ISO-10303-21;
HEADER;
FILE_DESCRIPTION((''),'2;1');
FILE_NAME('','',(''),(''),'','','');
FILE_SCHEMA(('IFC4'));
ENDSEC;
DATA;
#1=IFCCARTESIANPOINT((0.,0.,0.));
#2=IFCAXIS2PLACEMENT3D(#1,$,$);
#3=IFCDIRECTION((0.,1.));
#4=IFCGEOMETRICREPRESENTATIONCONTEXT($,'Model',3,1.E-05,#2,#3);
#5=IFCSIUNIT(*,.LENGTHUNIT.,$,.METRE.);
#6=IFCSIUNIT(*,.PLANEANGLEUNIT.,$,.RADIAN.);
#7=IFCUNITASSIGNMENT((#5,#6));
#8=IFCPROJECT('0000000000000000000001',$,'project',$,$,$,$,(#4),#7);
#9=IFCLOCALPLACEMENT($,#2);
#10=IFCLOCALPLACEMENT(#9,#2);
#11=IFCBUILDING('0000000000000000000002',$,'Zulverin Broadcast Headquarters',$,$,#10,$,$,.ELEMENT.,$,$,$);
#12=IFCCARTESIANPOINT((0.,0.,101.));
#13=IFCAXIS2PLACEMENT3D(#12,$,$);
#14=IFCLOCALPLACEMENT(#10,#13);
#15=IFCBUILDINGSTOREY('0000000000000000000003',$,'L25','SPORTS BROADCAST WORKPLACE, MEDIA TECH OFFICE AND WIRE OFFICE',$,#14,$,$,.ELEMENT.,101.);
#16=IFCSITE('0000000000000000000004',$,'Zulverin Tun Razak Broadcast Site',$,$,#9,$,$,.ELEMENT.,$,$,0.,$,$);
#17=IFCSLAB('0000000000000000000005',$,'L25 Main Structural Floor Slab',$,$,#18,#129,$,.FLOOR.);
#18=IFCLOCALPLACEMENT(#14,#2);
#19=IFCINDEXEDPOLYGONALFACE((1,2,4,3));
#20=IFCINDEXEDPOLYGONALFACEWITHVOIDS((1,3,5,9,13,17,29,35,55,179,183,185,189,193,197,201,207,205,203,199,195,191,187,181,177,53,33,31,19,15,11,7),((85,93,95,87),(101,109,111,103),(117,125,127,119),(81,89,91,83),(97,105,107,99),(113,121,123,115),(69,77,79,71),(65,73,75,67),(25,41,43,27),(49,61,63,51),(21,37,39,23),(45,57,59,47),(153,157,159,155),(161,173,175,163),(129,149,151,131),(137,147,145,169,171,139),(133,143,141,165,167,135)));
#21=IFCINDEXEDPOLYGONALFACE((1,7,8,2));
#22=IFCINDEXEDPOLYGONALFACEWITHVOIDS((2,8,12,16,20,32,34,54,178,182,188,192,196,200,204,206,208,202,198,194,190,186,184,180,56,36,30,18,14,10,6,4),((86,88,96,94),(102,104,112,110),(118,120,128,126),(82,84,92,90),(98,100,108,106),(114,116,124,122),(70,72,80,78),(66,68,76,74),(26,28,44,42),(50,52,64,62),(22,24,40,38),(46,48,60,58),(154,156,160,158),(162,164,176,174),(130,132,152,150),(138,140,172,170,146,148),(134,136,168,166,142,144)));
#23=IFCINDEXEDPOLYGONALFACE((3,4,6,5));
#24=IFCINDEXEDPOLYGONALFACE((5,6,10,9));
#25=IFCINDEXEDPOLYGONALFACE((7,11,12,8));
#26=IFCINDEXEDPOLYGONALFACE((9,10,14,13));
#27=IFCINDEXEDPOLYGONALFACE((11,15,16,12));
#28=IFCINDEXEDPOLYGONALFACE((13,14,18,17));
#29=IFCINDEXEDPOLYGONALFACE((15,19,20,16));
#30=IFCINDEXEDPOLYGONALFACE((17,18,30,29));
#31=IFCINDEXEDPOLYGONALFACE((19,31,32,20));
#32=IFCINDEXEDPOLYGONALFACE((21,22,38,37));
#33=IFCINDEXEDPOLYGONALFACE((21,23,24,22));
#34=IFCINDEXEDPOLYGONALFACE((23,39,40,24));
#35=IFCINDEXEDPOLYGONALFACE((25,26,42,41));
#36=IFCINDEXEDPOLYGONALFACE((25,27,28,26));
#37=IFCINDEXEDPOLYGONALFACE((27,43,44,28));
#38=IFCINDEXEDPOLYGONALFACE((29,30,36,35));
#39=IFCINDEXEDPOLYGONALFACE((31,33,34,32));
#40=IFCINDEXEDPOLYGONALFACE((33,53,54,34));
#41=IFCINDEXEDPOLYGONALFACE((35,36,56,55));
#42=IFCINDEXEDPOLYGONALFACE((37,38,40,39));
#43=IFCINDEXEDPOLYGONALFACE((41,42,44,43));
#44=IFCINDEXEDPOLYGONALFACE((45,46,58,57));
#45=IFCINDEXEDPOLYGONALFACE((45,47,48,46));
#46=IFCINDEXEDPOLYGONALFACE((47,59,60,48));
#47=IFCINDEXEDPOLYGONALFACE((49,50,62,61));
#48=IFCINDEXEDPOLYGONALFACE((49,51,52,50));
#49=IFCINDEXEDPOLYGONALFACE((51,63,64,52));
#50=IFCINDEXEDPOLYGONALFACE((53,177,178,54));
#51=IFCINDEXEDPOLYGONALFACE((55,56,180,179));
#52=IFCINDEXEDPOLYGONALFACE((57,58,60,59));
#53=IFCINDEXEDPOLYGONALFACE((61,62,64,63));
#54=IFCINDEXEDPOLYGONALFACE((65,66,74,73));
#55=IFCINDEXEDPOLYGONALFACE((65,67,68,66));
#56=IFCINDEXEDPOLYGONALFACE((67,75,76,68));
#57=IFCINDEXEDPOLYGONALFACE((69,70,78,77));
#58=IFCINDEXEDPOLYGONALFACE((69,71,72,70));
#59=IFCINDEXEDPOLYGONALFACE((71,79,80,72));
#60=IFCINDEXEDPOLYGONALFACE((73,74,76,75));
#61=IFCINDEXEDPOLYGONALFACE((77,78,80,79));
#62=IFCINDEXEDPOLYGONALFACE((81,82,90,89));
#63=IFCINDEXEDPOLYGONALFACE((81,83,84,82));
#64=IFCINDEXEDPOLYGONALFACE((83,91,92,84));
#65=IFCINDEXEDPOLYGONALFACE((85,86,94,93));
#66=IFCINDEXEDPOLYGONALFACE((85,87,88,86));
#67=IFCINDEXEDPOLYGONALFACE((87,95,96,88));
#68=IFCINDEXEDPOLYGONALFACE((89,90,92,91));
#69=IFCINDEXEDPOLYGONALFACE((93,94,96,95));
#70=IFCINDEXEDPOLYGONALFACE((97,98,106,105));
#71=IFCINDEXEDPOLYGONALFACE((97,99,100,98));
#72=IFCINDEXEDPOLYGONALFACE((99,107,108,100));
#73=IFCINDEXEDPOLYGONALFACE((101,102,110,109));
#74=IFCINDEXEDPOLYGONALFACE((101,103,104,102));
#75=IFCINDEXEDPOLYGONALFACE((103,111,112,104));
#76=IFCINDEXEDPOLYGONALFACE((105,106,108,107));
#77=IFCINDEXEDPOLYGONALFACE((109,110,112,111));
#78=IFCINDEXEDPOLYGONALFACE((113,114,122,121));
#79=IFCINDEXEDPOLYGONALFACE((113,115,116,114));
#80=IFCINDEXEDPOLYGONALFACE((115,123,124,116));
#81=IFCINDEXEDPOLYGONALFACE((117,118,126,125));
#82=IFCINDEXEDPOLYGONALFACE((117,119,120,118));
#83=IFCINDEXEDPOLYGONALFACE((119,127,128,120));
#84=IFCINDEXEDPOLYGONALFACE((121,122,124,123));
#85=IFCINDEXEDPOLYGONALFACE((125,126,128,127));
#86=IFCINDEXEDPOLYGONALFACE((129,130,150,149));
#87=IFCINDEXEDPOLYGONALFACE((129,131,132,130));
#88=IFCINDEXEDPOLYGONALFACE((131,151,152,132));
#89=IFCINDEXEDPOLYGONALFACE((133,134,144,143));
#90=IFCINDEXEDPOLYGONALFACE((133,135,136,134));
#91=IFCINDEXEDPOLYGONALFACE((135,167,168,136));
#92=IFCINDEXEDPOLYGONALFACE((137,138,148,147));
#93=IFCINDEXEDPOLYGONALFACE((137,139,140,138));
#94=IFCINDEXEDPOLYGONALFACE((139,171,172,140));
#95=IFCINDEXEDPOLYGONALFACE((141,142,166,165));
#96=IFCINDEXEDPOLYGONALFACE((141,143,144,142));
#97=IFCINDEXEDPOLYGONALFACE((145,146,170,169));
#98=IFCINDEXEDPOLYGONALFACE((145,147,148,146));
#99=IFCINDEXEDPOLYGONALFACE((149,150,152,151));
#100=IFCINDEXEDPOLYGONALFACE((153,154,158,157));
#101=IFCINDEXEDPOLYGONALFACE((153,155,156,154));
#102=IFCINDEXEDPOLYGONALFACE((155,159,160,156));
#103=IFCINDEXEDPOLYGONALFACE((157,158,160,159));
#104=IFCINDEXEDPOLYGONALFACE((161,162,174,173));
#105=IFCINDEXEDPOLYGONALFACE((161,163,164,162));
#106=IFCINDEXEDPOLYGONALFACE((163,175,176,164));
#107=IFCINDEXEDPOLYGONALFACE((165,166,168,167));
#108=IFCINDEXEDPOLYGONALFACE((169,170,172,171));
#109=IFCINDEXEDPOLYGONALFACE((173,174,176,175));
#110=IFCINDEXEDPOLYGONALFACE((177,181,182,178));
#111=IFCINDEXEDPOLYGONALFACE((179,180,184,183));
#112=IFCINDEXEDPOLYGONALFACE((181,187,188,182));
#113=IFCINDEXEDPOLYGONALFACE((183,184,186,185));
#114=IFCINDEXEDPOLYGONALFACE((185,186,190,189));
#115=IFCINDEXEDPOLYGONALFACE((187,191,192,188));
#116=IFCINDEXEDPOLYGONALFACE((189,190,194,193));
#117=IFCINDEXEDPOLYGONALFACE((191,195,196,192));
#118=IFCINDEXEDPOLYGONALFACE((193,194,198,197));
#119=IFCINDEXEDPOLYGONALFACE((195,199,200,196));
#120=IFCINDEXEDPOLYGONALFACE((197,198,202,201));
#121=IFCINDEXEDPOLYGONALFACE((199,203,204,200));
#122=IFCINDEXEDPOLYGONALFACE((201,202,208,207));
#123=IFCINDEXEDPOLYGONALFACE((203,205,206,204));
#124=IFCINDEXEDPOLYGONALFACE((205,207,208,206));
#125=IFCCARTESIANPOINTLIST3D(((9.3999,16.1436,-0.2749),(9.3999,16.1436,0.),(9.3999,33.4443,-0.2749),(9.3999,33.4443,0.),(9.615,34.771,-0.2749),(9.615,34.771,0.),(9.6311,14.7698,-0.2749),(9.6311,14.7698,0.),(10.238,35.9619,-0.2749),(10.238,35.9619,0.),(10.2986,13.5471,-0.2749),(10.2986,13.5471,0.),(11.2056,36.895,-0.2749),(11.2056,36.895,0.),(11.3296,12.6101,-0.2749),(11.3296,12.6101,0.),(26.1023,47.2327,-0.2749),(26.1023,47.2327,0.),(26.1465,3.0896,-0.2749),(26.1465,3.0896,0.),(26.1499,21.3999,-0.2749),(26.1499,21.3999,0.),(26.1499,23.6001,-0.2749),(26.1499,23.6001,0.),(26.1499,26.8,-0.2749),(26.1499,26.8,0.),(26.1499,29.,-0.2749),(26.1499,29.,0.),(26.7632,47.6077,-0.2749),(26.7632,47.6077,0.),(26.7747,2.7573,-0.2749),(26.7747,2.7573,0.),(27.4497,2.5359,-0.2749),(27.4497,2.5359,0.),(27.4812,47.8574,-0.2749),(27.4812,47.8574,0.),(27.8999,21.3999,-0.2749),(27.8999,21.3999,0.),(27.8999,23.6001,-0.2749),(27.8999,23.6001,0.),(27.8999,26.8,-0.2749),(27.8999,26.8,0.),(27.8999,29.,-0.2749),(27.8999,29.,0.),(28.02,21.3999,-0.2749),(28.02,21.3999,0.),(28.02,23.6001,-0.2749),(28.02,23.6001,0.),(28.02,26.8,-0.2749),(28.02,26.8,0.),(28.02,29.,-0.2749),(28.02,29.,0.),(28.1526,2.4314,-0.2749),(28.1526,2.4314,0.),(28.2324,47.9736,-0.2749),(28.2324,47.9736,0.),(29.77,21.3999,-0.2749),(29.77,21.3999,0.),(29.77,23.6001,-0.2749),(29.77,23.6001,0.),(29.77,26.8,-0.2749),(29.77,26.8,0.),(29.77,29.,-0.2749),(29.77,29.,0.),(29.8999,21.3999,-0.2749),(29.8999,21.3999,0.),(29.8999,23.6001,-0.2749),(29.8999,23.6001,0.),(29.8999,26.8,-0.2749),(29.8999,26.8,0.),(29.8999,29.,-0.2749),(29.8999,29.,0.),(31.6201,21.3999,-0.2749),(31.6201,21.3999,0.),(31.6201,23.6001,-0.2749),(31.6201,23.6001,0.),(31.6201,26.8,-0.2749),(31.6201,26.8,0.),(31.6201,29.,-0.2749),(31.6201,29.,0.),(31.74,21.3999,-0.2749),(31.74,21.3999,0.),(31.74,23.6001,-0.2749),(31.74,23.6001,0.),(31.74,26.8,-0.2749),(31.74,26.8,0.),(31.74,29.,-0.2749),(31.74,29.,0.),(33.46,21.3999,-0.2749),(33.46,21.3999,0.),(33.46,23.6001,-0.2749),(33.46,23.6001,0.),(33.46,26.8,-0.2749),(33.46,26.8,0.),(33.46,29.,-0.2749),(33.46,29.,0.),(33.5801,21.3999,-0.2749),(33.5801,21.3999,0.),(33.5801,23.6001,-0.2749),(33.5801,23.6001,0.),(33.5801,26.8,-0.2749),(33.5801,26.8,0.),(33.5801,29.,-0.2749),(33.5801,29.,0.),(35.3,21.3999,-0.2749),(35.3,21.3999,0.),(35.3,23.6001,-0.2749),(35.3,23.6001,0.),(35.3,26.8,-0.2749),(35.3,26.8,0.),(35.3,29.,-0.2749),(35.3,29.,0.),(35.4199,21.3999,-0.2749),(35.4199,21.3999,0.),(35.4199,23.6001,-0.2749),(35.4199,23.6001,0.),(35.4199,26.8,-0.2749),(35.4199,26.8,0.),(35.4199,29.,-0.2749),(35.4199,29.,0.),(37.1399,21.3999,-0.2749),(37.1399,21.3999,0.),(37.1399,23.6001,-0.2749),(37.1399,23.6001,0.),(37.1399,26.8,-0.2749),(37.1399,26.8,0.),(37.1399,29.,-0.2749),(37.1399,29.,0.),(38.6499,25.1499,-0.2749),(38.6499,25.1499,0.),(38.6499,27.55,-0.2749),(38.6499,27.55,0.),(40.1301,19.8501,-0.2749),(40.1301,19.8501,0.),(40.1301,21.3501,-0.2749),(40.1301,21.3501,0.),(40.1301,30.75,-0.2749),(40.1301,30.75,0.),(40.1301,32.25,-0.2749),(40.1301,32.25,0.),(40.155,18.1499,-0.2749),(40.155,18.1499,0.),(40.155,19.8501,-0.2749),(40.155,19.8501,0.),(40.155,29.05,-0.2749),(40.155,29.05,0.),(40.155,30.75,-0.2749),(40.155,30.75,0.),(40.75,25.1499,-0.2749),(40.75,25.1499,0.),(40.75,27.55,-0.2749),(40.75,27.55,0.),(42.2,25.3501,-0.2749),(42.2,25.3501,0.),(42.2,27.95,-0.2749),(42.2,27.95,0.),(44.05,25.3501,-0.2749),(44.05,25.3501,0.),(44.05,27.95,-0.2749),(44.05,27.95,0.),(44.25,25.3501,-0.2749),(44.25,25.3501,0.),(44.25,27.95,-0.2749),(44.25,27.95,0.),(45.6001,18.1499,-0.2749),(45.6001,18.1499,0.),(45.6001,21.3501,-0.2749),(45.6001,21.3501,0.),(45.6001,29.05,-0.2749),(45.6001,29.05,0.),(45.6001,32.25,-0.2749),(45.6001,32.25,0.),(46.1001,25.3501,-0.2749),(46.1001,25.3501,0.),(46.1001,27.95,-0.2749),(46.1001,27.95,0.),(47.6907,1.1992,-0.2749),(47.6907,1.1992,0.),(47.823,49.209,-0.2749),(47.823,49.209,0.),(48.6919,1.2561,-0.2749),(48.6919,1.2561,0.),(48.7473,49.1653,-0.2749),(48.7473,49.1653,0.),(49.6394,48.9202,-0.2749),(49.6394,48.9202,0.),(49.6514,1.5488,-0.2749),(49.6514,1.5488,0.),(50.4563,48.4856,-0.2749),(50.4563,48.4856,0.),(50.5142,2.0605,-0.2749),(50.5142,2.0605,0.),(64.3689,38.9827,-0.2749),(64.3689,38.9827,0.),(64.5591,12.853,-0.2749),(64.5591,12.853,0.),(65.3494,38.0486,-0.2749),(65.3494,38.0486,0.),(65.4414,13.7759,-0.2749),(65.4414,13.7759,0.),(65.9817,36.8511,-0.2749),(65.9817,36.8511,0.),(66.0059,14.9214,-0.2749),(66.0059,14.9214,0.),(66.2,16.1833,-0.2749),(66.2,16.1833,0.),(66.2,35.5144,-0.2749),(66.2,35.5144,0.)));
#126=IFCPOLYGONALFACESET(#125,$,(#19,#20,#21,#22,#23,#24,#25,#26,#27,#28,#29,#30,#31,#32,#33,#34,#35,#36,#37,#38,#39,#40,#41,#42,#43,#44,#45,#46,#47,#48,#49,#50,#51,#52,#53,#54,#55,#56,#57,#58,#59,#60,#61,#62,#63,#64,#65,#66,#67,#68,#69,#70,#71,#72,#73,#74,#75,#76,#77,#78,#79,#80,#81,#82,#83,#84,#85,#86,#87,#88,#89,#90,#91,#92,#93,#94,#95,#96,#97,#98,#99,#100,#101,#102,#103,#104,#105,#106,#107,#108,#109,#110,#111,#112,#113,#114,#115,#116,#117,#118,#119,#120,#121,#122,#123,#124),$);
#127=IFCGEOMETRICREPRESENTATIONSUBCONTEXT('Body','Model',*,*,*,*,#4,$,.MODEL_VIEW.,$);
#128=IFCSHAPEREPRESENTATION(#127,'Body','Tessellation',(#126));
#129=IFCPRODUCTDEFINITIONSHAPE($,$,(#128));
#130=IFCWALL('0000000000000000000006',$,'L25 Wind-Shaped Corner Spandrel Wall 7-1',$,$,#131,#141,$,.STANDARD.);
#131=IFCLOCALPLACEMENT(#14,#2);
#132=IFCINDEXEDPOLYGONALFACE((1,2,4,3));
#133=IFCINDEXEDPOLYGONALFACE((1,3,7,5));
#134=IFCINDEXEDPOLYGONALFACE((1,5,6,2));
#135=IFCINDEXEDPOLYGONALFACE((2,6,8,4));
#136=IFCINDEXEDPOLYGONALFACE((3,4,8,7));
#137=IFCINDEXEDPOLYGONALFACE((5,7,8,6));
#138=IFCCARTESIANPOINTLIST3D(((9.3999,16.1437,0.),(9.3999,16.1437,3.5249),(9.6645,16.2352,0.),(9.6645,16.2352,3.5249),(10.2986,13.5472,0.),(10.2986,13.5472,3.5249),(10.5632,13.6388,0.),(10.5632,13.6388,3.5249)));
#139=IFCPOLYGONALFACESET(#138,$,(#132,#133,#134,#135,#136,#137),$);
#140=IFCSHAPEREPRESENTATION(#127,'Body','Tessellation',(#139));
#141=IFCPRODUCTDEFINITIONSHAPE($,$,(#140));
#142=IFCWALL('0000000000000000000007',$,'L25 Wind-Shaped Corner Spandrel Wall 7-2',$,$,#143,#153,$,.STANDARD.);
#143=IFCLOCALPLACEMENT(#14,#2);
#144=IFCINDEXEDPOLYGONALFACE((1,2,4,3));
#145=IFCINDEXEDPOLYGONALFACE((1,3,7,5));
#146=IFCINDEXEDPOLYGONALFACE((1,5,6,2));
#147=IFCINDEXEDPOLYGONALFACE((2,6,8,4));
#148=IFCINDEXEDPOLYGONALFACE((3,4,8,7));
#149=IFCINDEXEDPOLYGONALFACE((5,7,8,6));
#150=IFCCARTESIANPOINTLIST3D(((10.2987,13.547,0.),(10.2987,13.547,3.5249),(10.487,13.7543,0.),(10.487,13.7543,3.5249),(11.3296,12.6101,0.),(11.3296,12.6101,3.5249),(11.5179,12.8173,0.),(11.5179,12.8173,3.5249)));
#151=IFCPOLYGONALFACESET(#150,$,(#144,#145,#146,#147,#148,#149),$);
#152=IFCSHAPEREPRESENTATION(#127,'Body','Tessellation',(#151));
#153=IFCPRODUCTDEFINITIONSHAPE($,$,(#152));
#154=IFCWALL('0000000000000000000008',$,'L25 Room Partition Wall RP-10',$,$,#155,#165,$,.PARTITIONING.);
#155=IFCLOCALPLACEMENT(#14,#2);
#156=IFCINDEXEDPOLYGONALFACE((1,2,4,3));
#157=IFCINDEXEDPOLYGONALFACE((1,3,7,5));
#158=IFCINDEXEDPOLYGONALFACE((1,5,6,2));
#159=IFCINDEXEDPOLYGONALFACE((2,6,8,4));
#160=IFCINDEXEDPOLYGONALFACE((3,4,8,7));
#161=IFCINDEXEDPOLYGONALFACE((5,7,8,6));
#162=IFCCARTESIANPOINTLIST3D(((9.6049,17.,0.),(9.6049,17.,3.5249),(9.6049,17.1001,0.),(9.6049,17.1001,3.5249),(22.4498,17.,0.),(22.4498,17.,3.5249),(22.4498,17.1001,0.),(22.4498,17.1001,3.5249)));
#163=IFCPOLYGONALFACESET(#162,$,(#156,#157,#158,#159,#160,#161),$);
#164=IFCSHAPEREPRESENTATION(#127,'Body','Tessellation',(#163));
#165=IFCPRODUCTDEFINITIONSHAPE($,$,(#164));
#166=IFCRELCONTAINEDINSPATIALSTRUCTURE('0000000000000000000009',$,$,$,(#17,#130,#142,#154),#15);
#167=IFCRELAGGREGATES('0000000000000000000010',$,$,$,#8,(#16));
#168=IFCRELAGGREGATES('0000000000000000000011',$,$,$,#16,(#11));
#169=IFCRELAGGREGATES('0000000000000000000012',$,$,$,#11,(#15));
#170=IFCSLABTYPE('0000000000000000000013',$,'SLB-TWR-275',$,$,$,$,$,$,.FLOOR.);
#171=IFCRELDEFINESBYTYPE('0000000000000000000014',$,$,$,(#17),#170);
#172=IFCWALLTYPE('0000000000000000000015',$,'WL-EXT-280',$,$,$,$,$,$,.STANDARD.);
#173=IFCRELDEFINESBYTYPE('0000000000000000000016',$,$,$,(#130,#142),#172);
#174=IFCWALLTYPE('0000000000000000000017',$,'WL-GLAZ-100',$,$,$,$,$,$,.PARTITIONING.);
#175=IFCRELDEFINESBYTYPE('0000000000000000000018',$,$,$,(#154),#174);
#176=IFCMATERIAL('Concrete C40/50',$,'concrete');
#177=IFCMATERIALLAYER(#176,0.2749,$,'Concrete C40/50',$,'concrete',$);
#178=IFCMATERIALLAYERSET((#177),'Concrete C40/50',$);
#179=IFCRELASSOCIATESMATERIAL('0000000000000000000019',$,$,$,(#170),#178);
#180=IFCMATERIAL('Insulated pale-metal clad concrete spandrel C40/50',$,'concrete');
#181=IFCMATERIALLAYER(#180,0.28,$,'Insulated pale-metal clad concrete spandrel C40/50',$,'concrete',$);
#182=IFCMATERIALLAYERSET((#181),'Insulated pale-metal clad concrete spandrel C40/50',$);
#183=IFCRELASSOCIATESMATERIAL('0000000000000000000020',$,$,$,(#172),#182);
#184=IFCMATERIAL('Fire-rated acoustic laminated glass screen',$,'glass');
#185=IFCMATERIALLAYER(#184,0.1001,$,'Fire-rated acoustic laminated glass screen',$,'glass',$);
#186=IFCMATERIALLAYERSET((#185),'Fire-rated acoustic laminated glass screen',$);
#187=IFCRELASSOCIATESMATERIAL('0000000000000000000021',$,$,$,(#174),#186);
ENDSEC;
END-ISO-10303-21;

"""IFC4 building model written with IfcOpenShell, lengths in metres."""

from ifc_helpers import new_model, si_unit, direction, frame, frame_2d, origin, place, context, subcontext, project, spatial, polyline, rectangle, outline, extrude, material, layer, layer_set, type_object, element, save


model = new_model("IFC4")

# Units and contexts
model_context = context("Model", 3, precision=1e-05, world=origin(), true_north=direction((0.0, 1.0)))
body_context = subcontext(model_context, "Body", "Model", "MODEL_VIEW")
ifc_project = project(units=[si_unit("LENGTHUNIT", "METRE"), si_unit("PLANEANGLEUNIT", "RADIAN")], contexts=[model_context])

# Site, building, storey
site_placement = place(None, origin())
site = spatial("IfcSite", under=ifc_project, at=site_placement, Name="Zulverin Tun Razak Broadcast Site", CompositionType="ELEMENT", RefElevation=0.0)
building_placement = place(site_placement, origin())
building = spatial("IfcBuilding", under=site, at=building_placement, Name="Zulverin Broadcast Headquarters", CompositionType="ELEMENT")
storey_placement = place(building_placement, frame((0.0, 0.0, 101.0)))
storey = spatial("IfcBuildingStorey", under=building, at=storey_placement, Name="L25", Description="SPORTS BROADCAST WORKPLACE, MEDIA TECH OFFICE AND WIRE OFFICE", CompositionType="ELEMENT", Elevation=101.0)

# Shared definitions
ifc_material_1 = material(Name="Concrete C40/50", Category="concrete")

# Slab
ifc_layer_1 = layer(ifc_material_1, 0.2749, Name="Concrete C40/50", Category="concrete")
ifc_layer_set_1 = layer_set([ifc_layer_1], Name="Concrete C40/50")
slab_type_1 = type_object("IfcSlabType", Name="SLB-TWR-275", PredefinedType="FLOOR", material=ifc_layer_set_1)
slab_1_placement = place(storey_placement, frame((0.0, 0.0, -0.2749)))
element("IfcSlab", 1, at=slab_1_placement, inside=storey, type_object=slab_type_1, Name="L25 Main Structural Floor Slab", PredefinedType="FLOOR", context=body_context, shape_type="SweptSolid", body=[
    extrude(outline(polyline([(26.1465, 3.0896), (26.7747, 2.7573), (27.4497, 2.5359), (28.1526, 2.4314), (47.6907, 1.1992), (48.6919, 1.2561), (49.6514, 1.5488), (50.5142, 2.0605), (64.5591, 12.853), (65.4414, 13.7759), (66.0059, 14.9214), (66.2, 16.1833), (66.2, 35.5144), (65.9817, 36.8511), (65.3494, 38.0486), (64.3689, 38.9827), (50.4563, 48.4856), (49.6394, 48.9202), (48.7473, 49.1653), (47.823, 49.209), (28.2324, 47.9736), (27.4812, 47.8574), (26.7632, 47.6077), (26.1023, 47.2327), (11.2056, 36.895), (10.238, 35.9619), (9.615, 34.771), (9.3999, 33.4443), (9.3999, 16.1436), (9.6311, 14.7698), (10.2986, 13.5471), (11.3296, 12.6101), (26.1465, 3.0896)]), holes=[polyline([(40.155, 30.75), (40.1301, 30.75), (40.1301, 32.25), (45.6001, 32.25), (45.6001, 29.05), (40.155, 29.05), (40.155, 30.75)]), polyline([(40.155, 19.8501), (40.1301, 19.8501), (40.1301, 21.3501), (45.6001, 21.3501), (45.6001, 18.1499), (40.155, 18.1499), (40.155, 19.8501)]), polyline([(26.1499, 26.8), (27.8999, 26.8), (27.8999, 29.0), (26.1499, 29.0), (26.1499, 26.8)]), polyline([(28.02, 26.8), (29.77, 26.8), (29.77, 29.0), (28.02, 29.0), (28.02, 26.8)]), polyline([(26.1499, 21.3999), (27.8999, 21.3999), (27.8999, 23.6001), (26.1499, 23.6001), (26.1499, 21.3999)]), polyline([(28.02, 21.3999), (29.77, 21.3999), (29.77, 23.6001), (28.02, 23.6001), (28.02, 21.3999)]), polyline([(29.8999, 21.3999), (31.6201, 21.3999), (31.6201, 23.6001), (29.8999, 23.6001), (29.8999, 21.3999)]), polyline([(31.74, 21.3999), (33.46, 21.3999), (33.46, 23.6001), (31.74, 23.6001), (31.74, 21.3999)]), polyline([(33.5801, 21.3999), (35.3, 21.3999), (35.3, 23.6001), (33.5801, 23.6001), (33.5801, 21.3999)]), polyline([(35.4199, 21.3999), (37.1399, 21.3999), (37.1399, 23.6001), (35.4199, 23.6001), (35.4199, 21.3999)]), polyline([(29.8999, 26.8), (31.6201, 26.8), (31.6201, 29.0), (29.8999, 29.0), (29.8999, 26.8)]), polyline([(31.74, 26.8), (33.46, 26.8), (33.46, 29.0), (31.74, 29.0), (31.74, 26.8)]), polyline([(33.5801, 26.8), (35.3, 26.8), (35.3, 29.0), (33.5801, 29.0), (33.5801, 26.8)]), polyline([(35.4199, 26.8), (37.1399, 26.8), (37.1399, 29.0), (35.4199, 29.0), (35.4199, 26.8)]), polyline([(42.2, 25.3501), (44.05, 25.3501), (44.05, 27.95), (42.2, 27.95), (42.2, 25.3501)]), polyline([(44.25, 25.3501), (46.1001, 25.3501), (46.1001, 27.95), (44.25, 27.95), (44.25, 25.3501)]), polyline([(38.6499, 25.1499), (40.75, 25.1499), (40.75, 27.55), (38.6499, 27.55), (38.6499, 25.1499)])]), origin(), (0.0, 0.0, 1.0), 0.2749),
])

# Walls
ifc_material_2 = material(Name="Insulated pale-metal clad concrete spandrel C40/50", Category="concrete")
ifc_layer_2 = layer(ifc_material_2, 0.28, Name="Insulated pale-metal clad concrete spandrel C40/50", Category="concrete")
ifc_layer_set_2 = layer_set([ifc_layer_2], Name="Insulated pale-metal clad concrete spandrel C40/50")
wall_type_1 = type_object("IfcWallType", Name="WL-EXT-280", PredefinedType="STANDARD", material=ifc_layer_set_2)
wall_1_placement = place(storey_placement, frame((9.5322, 16.1895, 0.0), z_axis=(0.0, 0.0, 1.0), x_axis=(0.327083, -0.944996, 0.0)))
element("IfcWall", 2, at=wall_1_placement, inside=storey, type_object=wall_type_1, Name="L25 Wind-Shaped Corner Spandrel Wall 7-1", PredefinedType="STANDARD", context=body_context, shape_type="SweptSolid", body=[
    extrude(rectangle(XDim=2.7476, YDim=0.28, at=frame_2d((1.3738, 0.0))), origin(), (0.0, 0.0, 1.0), 3.5249),
])
wall_2_placement = place(storey_placement, frame((10.3928, 13.6506, 0.0), z_axis=(0.0, 0.0, 1.0), x_axis=(0.740035, -0.672568, 0.0)))
element("IfcWall", 3, at=wall_2_placement, inside=storey, type_object=wall_type_1, Name="L25 Wind-Shaped Corner Spandrel Wall 7-2", PredefinedType="STANDARD", context=body_context, shape_type="SweptSolid", body=[
    extrude(rectangle(XDim=1.3931, YDim=0.28, at=frame_2d((0.6965, 0.0))), origin(), (0.0, 0.0, 1.0), 3.5249),
])
ifc_material_3 = material(Name="Fire-rated acoustic laminated glass screen", Category="glass")
ifc_layer_3 = layer(ifc_material_3, 0.1001, Name="Fire-rated acoustic laminated glass screen", Category="glass")
ifc_layer_set_3 = layer_set([ifc_layer_3], Name="Fire-rated acoustic laminated glass screen")
wall_type_2 = type_object("IfcWallType", Name="WL-GLAZ-100", PredefinedType="PARTITIONING", material=ifc_layer_set_3)
wall_3_placement = place(storey_placement, frame((9.605, 17.05, 0.0), z_axis=(0.0, 0.0, 1.0), x_axis=(1.0, 0.0, 0.0)))
element("IfcWall", 4, at=wall_3_placement, inside=storey, type_object=wall_type_2, Name="L25 Room Partition Wall RP-10", PredefinedType="PARTITIONING", context=body_context, shape_type="SweptSolid", body=[
    extrude(rectangle(XDim=12.845, YDim=0.1001, at=frame_2d((6.4224, 0.0))), origin(), (0.0, 0.0, 1.0), 3.5249),
])

save(model, "model.ifc")
